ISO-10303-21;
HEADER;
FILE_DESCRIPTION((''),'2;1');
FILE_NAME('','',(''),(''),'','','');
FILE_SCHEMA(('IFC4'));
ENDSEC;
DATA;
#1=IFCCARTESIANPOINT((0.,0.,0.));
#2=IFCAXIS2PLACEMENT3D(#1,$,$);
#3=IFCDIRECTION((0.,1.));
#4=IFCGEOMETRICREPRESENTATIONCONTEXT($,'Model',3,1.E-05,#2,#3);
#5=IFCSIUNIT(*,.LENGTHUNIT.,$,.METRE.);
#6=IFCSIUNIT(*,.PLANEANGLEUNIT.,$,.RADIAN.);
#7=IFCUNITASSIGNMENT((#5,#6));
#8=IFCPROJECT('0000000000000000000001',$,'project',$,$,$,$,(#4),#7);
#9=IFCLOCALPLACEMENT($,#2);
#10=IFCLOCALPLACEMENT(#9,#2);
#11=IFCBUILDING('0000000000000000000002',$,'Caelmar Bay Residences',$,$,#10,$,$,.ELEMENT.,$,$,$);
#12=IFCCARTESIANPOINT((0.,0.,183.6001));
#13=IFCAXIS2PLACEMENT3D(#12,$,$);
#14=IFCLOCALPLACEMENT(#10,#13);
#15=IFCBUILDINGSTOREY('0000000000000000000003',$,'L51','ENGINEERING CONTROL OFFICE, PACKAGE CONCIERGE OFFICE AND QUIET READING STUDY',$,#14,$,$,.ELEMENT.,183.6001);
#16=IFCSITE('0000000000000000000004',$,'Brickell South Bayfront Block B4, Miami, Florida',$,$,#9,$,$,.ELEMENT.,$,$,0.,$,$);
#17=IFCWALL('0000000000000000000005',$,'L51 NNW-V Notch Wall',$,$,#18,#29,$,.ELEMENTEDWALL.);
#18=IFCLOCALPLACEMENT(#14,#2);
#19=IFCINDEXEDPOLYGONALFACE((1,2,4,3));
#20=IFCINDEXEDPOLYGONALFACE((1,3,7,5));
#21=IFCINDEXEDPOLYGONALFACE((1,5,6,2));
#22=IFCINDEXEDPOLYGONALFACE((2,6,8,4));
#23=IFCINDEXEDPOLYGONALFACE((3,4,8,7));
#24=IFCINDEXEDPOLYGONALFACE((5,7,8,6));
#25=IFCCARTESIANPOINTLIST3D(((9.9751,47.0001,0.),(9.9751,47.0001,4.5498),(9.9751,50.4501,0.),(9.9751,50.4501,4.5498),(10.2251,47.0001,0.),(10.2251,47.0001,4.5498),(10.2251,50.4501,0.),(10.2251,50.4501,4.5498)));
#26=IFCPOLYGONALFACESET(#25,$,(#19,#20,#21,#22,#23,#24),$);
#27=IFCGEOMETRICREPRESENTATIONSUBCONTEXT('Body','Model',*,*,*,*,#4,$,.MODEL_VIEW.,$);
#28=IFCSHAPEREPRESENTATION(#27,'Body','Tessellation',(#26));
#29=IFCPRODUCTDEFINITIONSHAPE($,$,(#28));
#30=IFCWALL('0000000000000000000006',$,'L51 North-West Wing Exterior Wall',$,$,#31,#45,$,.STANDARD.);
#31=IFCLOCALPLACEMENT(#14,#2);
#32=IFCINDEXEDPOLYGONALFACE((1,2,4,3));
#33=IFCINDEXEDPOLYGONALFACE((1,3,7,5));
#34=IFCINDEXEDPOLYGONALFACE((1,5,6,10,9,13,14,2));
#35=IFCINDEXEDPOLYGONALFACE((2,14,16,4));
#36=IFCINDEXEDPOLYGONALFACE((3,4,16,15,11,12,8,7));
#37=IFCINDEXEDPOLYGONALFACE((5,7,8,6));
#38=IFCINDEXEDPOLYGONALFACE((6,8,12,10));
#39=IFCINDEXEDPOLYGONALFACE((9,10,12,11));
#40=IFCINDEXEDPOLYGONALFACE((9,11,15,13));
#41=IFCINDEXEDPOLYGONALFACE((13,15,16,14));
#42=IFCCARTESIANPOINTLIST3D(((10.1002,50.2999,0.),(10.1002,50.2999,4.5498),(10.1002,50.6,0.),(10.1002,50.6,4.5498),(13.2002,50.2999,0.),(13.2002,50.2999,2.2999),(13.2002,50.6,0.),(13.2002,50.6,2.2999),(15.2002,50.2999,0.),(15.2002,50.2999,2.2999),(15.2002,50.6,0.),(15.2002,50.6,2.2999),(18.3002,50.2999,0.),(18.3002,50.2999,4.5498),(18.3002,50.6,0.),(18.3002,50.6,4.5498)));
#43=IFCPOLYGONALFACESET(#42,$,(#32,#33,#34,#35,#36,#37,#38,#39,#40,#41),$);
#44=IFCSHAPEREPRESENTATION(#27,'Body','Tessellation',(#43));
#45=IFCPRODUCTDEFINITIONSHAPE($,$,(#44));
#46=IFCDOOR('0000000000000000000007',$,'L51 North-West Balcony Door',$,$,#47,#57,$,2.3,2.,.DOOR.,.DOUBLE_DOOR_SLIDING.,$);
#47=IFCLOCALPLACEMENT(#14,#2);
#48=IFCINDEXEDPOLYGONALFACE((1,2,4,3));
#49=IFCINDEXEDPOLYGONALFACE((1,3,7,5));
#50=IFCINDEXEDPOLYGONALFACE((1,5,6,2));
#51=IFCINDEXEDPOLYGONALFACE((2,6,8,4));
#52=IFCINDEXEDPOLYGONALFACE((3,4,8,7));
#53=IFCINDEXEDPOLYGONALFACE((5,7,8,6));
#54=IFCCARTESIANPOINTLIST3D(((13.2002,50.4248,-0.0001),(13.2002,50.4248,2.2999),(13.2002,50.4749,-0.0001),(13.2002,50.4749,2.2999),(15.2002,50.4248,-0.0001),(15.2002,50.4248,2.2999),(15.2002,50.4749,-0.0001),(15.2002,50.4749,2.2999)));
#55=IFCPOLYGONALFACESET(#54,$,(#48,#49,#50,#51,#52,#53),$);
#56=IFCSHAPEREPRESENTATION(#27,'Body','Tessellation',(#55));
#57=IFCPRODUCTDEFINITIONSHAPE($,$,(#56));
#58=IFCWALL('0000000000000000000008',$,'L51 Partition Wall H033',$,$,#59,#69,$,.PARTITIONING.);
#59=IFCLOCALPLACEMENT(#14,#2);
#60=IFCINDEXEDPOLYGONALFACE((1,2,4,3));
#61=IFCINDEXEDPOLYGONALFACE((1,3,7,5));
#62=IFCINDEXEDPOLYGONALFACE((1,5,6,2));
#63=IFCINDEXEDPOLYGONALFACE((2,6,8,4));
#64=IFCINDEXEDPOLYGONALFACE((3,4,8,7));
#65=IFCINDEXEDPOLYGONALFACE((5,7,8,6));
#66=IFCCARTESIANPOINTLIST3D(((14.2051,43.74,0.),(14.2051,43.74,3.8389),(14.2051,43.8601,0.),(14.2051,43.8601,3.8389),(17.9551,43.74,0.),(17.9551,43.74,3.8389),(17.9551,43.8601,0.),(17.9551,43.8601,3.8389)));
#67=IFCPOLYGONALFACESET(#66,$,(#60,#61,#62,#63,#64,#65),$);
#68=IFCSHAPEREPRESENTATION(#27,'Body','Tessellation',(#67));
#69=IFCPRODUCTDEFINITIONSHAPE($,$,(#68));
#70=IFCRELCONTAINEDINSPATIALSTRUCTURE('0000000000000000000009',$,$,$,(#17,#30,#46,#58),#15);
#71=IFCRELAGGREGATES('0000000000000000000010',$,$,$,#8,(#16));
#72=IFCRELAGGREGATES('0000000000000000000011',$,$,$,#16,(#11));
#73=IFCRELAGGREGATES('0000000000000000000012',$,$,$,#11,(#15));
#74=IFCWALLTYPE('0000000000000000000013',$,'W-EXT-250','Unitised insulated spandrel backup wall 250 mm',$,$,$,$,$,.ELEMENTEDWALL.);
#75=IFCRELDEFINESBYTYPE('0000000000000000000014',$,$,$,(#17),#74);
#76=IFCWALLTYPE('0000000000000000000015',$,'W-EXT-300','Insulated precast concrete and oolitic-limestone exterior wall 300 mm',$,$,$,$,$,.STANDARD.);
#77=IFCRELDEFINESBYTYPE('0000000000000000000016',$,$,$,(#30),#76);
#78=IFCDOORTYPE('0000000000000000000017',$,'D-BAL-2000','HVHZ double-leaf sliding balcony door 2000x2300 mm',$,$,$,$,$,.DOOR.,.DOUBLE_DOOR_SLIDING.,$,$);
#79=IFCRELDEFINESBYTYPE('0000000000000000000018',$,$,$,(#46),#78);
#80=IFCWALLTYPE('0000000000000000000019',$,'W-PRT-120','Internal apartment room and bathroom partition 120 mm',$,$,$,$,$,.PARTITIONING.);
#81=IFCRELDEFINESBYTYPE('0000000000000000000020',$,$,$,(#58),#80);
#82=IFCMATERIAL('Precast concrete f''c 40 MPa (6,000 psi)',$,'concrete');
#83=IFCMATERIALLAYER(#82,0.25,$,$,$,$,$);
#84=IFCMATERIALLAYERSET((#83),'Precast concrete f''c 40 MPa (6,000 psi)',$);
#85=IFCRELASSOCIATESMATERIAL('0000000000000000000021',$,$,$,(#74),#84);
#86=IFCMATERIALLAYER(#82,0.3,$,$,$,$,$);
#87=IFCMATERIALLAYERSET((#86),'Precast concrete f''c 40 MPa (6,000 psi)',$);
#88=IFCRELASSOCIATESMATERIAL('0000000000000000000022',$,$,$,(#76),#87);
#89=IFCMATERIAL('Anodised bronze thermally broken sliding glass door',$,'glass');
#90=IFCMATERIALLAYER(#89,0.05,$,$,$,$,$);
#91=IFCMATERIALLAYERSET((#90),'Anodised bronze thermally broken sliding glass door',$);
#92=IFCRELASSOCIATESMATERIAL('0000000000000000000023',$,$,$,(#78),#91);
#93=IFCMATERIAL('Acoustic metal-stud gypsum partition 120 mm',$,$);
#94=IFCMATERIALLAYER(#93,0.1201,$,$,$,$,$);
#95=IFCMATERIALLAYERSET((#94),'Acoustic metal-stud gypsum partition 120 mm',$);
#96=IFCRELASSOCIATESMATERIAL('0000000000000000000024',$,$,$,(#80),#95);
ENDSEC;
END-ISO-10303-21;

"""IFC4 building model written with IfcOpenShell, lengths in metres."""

from ifc_helpers import new_model, si_unit, direction, frame, frame_2d, origin, place, context, subcontext, project, spatial, rectangle, extrude, material, layer, layer_set, type_object, element, fill, save


model = new_model("IFC4")

# Units and contexts
model_context = context("Model", 3, precision=1e-05, world=origin(), true_north=direction((0.0, 1.0)))
body_context = subcontext(model_context, "Body", "Model", "MODEL_VIEW")
ifc_project = project(units=[si_unit("LENGTHUNIT", "METRE"), si_unit("PLANEANGLEUNIT", "RADIAN")], contexts=[model_context])

# Site, building, storey
site_placement = place(None, origin())
site = spatial("IfcSite", under=ifc_project, at=site_placement, Name="Brickell South Bayfront Block B4, Miami, Florida", CompositionType="ELEMENT", RefElevation=0.0)
building_placement = place(site_placement, origin())
building = spatial("IfcBuilding", under=site, at=building_placement, Name="Caelmar Bay Residences", CompositionType="ELEMENT")
storey_placement = place(building_placement, frame((0.0, 0.0, 183.6001)))
storey = spatial("IfcBuildingStorey", under=building, at=storey_placement, Name="L51", Description="ENGINEERING CONTROL OFFICE, PACKAGE CONCIERGE OFFICE AND QUIET READING STUDY", CompositionType="ELEMENT", Elevation=183.6001)

# Wall
ifc_material_1 = material(Name="Precast concrete f'c 40 MPa (6,000 psi)", Category="concrete")
ifc_layer_1 = layer(ifc_material_1, 0.25)
ifc_layer_set_1 = layer_set([ifc_layer_1], Name="Precast concrete f'c 40 MPa (6,000 psi)")
wall_type_1 = type_object("IfcWallType", Name="W-EXT-250", Description="Unitised insulated spandrel backup wall 250 mm", PredefinedType="ELEMENTEDWALL", material=ifc_layer_set_1)
wall_1_placement = place(storey_placement, frame((10.1001, 47.0, 0.0), z_axis=(0.0, 0.0, 1.0), x_axis=(0.0, 1.0, 0.0)))
element("IfcWall", 1, at=wall_1_placement, inside=storey, type_object=wall_type_1, Name="L51 NNW-V Notch Wall", PredefinedType="ELEMENTEDWALL", context=body_context, shape_type="SweptSolid", body=[
    extrude(rectangle(XDim=3.45, YDim=0.25, at=frame_2d((1.7251, 0.0))), origin(), (0.0, 0.0, 1.0), 4.5498),
])

# Wall, opening, door
ifc_layer_2 = layer(ifc_material_1, 0.3)
ifc_layer_set_2 = layer_set([ifc_layer_2], Name="Precast concrete f'c 40 MPa (6,000 psi)")
wall_type_2 = type_object("IfcWallType", Name="W-EXT-300", Description="Insulated precast concrete and oolitic-limestone exterior wall 300 mm", PredefinedType="STANDARD", material=ifc_layer_set_2)
wall_2_placement = place(storey_placement, frame((10.1001, 50.45, 0.0), z_axis=(0.0, 0.0, 1.0), x_axis=(1.0, 0.0, 0.0)))
wall_2 = element("IfcWall", 2, at=wall_2_placement, inside=storey, type_object=wall_type_2, Name="L51 North-West Wing Exterior Wall", PredefinedType="STANDARD", context=body_context, shape_type="SweptSolid", body=[
    extrude(rectangle(XDim=8.2, YDim=0.3, at=frame_2d((4.1001, 0.0))), origin(), (0.0, 0.0, 1.0), 4.5498),
])
opening_1_placement = place(wall_2_placement, frame((3.1001, 0.0, 0.0)))
opening_1 = element("IfcOpeningElement", 3, at=opening_1_placement, cuts=wall_2, PredefinedType="OPENING", context=body_context, shape_type="SweptSolid", body=[
    extrude(rectangle(XDim=2.0, YDim=2.3, at=frame_2d((1.0, 1.1499))), frame((0.0, 0.1599, 0.0), z_axis=(0.0, -1.0, 0.0), x_axis=(1.0, 0.0, 0.0)), (0.0, 0.0, 1.0), 0.3201),
])
ifc_material_2 = material(Name="Anodised bronze thermally broken sliding glass door", Category="glass")
ifc_layer_3 = layer(ifc_material_2, 0.05)
ifc_layer_set_3 = layer_set([ifc_layer_3], Name="Anodised bronze thermally broken sliding glass door")
door_type_1 = type_object("IfcDoorType", Name="D-BAL-2000", Description="HVHZ double-leaf sliding balcony door 2000x2300 mm", OperationType="DOUBLE_DOOR_SLIDING", PredefinedType="DOOR", material=ifc_layer_set_3)
door_1_placement = place(opening_1_placement, origin())
door_1 = element("IfcDoor", 4, at=door_1_placement, inside=storey, type_object=door_type_1, Name="L51 North-West Balcony Door", OperationType="DOUBLE_DOOR_SLIDING", OverallHeight=2.3, OverallWidth=2.0, PredefinedType="DOOR", context=body_context, shape_type="SweptSolid", body=[
    extrude(rectangle(XDim=2.0, YDim=2.3, at=frame_2d((1.0, 1.1499))), frame((0.0, 0.0249, 0.0), z_axis=(0.0, -1.0, 0.0), x_axis=(1.0, 0.0, 0.0)), (0.0, 0.0, 1.0), 0.05),
])
fill(opening_1, door_1)

# Wall
ifc_material_3 = material(Name="Acoustic metal-stud gypsum partition 120 mm")
ifc_layer_4 = layer(ifc_material_3, 0.1201)
ifc_layer_set_4 = layer_set([ifc_layer_4], Name="Acoustic metal-stud gypsum partition 120 mm")
wall_type_3 = type_object("IfcWallType", Name="W-PRT-120", Description="Internal apartment room and bathroom partition 120 mm", PredefinedType="PARTITIONING", material=ifc_layer_set_4)
wall_3_placement = place(storey_placement, frame((14.2051, 43.8, 0.0), z_axis=(0.0, 0.0, 1.0), x_axis=(1.0, 0.0, 0.0)))
element("IfcWall", 5, at=wall_3_placement, inside=storey, type_object=wall_type_3, Name="L51 Partition Wall H033", PredefinedType="PARTITIONING", context=body_context, shape_type="SweptSolid", body=[
    extrude(rectangle(XDim=3.75, YDim=0.1201, at=frame_2d((1.875, 0.0))), origin(), (0.0, 0.0, 1.0), 3.8389),
])

save(model, "model.ifc")
